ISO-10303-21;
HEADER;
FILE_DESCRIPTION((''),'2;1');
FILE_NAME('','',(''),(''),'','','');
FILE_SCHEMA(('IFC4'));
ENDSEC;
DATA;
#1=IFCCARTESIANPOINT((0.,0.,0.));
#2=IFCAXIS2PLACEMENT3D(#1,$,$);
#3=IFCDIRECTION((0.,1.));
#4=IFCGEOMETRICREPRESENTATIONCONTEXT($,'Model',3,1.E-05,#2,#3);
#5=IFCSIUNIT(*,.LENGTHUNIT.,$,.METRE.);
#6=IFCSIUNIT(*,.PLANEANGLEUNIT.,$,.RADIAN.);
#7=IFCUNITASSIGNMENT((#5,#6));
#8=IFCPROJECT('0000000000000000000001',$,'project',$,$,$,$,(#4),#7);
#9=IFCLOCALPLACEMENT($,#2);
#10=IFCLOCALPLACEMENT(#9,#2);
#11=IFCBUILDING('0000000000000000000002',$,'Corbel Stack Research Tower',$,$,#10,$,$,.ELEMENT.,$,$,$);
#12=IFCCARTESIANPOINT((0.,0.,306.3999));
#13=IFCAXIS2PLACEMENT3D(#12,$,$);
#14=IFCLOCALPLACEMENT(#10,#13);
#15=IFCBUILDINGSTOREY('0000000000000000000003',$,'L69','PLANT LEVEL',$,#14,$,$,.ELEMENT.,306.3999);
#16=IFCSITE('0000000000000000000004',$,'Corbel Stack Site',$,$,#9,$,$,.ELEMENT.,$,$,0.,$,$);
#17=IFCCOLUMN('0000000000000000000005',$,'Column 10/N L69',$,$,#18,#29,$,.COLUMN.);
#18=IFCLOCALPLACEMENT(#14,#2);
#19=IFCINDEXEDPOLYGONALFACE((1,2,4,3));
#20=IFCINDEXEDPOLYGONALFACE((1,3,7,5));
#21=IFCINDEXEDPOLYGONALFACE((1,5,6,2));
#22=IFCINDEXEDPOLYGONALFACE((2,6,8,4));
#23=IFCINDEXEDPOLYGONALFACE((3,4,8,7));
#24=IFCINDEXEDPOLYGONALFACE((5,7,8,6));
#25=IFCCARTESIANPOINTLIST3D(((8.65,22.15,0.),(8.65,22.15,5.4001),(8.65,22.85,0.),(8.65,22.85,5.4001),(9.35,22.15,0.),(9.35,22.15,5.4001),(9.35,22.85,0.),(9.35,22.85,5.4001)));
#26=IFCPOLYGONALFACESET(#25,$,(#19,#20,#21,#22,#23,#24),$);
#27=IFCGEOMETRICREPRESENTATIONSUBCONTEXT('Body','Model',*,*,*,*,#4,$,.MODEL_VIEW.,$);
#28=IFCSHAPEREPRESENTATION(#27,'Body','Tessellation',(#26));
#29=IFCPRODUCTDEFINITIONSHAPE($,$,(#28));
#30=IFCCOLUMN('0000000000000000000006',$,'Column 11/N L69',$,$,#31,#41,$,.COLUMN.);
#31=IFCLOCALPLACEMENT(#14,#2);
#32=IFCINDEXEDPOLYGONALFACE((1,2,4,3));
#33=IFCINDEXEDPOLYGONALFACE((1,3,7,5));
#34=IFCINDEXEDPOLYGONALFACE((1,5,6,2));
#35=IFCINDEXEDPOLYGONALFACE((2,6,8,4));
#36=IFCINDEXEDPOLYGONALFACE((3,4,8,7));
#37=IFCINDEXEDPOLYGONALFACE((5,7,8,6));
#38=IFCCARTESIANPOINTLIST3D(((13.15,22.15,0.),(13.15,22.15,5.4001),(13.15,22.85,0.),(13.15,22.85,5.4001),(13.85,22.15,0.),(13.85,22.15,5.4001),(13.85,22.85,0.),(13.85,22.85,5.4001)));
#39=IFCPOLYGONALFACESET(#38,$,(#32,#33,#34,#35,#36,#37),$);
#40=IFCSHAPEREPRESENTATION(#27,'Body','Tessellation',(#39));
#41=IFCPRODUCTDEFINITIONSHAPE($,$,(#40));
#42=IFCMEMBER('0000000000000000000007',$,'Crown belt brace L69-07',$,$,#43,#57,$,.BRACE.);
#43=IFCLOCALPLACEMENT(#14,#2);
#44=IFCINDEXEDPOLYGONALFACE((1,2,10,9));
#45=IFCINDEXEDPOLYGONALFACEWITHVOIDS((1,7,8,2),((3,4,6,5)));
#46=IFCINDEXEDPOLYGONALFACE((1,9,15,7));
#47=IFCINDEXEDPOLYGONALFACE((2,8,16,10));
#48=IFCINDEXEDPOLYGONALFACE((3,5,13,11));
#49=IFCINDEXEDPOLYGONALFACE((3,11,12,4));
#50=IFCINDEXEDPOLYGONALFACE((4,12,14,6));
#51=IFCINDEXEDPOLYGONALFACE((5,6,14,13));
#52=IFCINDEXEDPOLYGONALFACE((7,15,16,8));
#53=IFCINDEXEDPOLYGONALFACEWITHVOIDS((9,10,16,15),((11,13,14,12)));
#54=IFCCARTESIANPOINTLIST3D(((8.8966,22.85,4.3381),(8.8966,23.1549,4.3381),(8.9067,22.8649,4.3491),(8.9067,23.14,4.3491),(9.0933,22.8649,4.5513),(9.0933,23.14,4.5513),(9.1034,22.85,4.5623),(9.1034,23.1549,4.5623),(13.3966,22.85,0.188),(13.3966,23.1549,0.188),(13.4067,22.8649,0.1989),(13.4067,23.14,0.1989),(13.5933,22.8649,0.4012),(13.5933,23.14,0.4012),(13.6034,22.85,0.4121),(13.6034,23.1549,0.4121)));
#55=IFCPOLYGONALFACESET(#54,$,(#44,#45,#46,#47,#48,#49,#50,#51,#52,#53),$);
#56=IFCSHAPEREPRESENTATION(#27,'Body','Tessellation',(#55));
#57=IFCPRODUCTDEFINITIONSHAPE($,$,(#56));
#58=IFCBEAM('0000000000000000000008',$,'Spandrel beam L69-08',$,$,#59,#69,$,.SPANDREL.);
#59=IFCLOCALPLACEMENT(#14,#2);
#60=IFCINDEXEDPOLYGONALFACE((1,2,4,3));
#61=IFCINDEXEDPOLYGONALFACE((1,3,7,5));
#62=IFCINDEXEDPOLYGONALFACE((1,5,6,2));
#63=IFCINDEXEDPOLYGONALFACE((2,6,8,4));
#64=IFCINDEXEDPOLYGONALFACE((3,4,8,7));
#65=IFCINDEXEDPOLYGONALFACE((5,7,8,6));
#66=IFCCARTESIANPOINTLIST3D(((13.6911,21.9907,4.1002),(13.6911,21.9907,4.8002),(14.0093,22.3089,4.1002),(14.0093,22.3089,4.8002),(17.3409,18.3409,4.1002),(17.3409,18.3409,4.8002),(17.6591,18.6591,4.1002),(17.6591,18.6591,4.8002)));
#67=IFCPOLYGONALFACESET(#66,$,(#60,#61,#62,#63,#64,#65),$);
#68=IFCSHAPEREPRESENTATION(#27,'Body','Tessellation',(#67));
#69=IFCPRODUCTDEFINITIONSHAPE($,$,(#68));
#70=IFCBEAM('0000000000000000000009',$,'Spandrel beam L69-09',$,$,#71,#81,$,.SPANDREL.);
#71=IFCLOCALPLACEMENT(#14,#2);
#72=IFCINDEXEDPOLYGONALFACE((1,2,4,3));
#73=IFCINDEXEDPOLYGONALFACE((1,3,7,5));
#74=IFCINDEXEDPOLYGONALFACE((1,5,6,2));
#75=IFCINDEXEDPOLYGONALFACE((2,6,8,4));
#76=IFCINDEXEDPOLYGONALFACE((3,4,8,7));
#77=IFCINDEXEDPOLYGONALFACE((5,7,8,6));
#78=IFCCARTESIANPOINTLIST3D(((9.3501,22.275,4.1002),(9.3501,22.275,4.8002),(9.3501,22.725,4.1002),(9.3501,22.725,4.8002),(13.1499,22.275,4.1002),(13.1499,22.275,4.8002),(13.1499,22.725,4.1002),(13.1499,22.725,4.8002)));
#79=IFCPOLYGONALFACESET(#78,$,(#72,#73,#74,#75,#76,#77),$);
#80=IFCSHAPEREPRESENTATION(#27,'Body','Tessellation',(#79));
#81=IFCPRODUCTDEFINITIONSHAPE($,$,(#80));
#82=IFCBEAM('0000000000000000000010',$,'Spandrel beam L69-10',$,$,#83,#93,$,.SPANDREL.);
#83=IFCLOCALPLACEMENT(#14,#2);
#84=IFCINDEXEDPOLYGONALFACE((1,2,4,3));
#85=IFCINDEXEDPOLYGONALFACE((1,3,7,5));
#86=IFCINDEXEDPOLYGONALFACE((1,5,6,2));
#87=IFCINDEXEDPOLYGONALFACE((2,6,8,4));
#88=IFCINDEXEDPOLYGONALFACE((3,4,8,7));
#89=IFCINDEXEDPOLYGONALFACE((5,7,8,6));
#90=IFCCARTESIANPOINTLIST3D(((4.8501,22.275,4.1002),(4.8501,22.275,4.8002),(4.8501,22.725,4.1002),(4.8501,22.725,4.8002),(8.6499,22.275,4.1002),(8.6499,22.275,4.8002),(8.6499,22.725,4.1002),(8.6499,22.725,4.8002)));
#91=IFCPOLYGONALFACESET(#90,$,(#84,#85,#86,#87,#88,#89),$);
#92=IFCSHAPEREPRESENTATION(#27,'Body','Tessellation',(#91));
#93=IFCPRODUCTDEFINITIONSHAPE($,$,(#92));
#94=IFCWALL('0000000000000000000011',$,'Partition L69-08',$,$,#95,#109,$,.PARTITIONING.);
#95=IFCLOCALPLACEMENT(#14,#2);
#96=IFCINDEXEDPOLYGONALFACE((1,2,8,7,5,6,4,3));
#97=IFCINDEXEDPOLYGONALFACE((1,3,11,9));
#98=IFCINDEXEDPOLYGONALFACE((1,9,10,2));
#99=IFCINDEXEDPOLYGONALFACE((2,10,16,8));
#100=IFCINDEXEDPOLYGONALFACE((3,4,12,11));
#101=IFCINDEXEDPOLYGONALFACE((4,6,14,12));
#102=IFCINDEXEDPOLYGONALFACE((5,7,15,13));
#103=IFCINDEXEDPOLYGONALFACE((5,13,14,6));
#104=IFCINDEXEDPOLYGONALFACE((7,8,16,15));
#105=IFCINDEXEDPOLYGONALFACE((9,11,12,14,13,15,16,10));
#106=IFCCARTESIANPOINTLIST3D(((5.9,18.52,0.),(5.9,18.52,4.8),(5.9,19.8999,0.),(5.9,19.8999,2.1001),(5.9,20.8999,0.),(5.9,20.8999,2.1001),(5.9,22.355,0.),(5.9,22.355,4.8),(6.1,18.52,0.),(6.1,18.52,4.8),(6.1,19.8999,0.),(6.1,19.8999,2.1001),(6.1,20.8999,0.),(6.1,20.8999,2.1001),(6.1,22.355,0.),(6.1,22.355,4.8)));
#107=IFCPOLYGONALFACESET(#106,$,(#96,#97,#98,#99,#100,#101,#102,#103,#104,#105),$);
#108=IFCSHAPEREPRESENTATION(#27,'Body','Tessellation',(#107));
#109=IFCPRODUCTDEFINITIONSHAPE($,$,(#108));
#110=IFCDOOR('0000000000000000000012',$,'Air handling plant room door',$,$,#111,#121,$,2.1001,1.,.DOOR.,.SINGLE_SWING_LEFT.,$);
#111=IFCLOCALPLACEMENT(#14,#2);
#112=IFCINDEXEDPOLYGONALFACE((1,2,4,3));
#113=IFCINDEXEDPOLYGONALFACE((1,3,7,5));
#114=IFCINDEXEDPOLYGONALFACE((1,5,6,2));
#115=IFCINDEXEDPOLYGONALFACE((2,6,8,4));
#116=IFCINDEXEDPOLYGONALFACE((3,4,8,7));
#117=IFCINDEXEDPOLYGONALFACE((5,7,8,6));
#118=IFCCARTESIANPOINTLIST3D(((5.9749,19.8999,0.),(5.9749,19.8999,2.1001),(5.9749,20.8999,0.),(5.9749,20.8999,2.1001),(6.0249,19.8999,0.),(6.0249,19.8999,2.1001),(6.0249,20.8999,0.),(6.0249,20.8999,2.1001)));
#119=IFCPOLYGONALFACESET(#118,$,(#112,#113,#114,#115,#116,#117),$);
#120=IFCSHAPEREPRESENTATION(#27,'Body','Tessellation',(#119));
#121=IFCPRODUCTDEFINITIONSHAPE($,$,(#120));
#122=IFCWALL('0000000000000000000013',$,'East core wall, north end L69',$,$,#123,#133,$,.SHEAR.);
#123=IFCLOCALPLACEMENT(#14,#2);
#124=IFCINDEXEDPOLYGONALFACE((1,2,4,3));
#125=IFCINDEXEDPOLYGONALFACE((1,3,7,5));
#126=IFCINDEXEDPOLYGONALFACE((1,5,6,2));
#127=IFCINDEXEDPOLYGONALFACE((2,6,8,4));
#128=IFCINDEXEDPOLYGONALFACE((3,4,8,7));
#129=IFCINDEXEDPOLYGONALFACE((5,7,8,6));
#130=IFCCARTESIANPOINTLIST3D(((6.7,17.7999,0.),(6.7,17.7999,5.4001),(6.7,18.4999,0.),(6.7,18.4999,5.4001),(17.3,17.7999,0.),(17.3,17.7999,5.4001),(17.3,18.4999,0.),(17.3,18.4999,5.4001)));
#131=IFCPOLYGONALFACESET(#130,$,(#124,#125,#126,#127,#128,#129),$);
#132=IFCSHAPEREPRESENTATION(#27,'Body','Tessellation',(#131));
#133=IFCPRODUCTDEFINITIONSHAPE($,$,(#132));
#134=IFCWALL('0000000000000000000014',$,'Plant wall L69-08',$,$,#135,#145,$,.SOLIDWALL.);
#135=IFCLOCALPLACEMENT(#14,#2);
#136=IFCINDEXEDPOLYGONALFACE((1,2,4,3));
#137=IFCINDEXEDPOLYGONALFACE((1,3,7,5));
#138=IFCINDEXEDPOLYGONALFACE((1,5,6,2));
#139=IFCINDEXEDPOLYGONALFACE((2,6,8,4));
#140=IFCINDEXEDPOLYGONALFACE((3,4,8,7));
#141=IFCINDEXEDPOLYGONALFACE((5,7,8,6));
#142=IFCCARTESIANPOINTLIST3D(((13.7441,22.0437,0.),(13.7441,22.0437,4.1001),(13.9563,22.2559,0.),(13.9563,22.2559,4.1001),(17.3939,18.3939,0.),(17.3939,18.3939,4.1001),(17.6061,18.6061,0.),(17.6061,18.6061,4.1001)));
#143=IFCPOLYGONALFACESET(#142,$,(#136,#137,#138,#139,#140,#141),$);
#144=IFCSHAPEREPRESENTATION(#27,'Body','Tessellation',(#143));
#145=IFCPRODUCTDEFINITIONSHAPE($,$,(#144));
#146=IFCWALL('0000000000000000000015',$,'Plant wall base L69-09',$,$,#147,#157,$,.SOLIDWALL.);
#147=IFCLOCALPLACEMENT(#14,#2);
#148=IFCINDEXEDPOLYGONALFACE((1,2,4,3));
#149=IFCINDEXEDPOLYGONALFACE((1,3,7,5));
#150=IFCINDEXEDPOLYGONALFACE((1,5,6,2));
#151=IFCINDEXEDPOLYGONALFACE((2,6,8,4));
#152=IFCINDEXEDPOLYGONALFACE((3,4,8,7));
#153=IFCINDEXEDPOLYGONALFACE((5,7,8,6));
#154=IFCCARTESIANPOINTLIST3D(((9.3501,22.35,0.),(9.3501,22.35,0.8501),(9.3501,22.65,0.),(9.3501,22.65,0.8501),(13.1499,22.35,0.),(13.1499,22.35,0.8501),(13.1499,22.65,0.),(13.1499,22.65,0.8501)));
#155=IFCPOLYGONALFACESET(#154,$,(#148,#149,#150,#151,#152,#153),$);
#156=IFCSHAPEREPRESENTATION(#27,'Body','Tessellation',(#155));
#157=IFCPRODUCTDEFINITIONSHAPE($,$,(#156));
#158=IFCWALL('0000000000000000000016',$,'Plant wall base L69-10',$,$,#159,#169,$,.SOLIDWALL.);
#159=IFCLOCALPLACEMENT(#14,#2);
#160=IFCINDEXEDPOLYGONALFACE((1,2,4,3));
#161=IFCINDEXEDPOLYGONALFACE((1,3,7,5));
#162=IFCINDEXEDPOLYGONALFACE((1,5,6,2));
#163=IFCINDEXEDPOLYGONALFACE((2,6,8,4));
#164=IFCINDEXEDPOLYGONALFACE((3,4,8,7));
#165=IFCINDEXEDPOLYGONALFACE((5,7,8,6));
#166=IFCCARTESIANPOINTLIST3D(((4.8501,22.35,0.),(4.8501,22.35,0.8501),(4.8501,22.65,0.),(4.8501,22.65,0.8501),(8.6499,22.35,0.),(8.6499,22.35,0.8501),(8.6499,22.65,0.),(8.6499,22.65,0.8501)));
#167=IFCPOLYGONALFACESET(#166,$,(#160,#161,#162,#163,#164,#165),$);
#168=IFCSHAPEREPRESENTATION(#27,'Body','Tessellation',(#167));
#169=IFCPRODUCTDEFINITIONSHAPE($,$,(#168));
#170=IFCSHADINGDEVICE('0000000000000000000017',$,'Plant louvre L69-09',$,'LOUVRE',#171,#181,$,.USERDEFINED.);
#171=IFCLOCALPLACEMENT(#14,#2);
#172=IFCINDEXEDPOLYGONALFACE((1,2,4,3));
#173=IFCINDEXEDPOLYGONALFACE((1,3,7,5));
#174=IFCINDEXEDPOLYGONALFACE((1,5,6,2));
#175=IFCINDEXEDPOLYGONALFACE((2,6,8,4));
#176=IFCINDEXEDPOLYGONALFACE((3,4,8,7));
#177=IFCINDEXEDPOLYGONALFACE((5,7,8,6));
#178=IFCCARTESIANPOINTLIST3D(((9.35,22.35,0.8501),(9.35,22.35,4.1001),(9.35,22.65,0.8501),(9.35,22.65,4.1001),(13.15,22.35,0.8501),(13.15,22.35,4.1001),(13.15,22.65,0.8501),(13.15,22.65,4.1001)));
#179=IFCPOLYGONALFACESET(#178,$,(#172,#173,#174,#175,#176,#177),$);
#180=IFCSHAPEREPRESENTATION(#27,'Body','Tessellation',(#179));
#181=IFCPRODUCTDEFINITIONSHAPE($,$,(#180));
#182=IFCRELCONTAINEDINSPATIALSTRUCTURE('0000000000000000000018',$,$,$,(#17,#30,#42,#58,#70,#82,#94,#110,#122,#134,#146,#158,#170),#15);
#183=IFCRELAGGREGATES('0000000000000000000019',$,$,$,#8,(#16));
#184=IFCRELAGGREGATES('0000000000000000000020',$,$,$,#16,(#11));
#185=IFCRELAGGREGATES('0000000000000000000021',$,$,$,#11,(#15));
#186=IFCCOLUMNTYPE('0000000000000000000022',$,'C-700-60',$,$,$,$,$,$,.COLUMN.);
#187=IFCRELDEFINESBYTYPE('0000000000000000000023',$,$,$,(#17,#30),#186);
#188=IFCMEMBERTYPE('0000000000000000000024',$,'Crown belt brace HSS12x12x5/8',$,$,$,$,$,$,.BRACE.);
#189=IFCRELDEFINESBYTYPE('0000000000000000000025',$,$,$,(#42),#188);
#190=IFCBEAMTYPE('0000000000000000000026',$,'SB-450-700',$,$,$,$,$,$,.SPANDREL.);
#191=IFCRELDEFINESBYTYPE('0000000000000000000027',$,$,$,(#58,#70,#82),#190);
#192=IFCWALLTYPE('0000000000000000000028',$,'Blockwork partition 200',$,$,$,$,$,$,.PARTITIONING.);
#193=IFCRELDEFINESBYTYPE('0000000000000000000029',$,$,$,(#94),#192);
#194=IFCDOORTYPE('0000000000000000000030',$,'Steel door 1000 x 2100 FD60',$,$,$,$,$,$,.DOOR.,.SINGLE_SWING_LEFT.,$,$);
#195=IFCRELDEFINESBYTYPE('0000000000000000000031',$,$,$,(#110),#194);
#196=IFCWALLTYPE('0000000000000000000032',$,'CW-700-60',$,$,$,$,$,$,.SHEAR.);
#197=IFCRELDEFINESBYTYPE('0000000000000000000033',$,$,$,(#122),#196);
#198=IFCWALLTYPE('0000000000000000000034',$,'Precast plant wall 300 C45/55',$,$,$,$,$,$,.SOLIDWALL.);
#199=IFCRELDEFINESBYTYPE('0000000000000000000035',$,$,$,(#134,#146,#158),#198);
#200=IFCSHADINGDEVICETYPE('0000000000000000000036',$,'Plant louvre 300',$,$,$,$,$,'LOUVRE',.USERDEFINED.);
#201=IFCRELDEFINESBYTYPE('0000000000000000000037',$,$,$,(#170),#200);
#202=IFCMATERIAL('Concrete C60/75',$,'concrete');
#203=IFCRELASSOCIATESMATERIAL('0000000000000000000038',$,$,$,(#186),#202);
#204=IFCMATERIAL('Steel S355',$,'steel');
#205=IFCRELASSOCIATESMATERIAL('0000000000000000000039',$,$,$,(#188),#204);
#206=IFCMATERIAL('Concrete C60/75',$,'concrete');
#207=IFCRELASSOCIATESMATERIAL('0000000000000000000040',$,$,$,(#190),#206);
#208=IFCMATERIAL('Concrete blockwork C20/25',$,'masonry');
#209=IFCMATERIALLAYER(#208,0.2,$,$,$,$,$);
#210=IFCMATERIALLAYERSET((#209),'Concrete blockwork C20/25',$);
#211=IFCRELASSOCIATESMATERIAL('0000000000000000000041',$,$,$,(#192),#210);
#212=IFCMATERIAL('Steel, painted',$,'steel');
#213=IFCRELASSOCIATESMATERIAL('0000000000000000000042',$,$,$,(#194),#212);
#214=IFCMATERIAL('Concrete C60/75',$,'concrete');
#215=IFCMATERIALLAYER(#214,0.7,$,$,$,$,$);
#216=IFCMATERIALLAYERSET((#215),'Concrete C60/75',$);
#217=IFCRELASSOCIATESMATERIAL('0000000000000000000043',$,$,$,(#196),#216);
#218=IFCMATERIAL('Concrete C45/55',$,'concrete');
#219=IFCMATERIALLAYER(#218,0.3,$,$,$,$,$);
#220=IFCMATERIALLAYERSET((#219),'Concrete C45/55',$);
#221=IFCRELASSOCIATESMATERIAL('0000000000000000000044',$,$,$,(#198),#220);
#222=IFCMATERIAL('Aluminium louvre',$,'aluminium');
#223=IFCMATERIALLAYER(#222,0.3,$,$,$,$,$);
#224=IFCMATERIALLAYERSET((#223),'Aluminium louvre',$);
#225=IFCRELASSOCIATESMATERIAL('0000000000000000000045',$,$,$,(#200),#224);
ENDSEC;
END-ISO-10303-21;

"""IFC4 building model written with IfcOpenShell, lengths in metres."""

from ifc_helpers import new_model, si_unit, direction, frame, frame_2d, origin, origin_2d, place, context, subcontext, project, spatial, rectangle, hollow_rectangle, extrude, material, layer, layer_set, material_profile, profile_set, type_object, element, fill, save


model = new_model("IFC4")

# Units and contexts
model_context = context("Model", 3, precision=1e-05, world=origin(), true_north=direction((0.0, 1.0)))
body_context = subcontext(model_context, "Body", "Model", "MODEL_VIEW")
ifc_project = project(units=[si_unit("LENGTHUNIT", "METRE"), si_unit("PLANEANGLEUNIT", "RADIAN")], contexts=[model_context])

# Site, building, storey
site_placement = place(None, origin())
site = spatial("IfcSite", under=ifc_project, at=site_placement, Name="Corbel Stack Site", CompositionType="ELEMENT", RefElevation=0.0)
building_placement = place(site_placement, origin())
building = spatial("IfcBuilding", under=site, at=building_placement, Name="Corbel Stack Research Tower", CompositionType="ELEMENT")
storey_placement = place(building_placement, frame((0.0, 0.0, 306.3999)))
storey = spatial("IfcBuildingStorey", under=building, at=storey_placement, Name="L69", Description="PLANT LEVEL", CompositionType="ELEMENT", Elevation=306.3999)

# Columns
ifc_material_1 = material(Name="Concrete C60/75", Category="concrete")
ifc_material_profile_1 = material_profile(ifc_material_1, rectangle(XDim=0.7, YDim=0.7, at=origin_2d()), Name="RC 700 x 700")
ifc_profile_set_1 = profile_set([ifc_material_profile_1], Name="Concrete C60/75")
column_type = type_object("IfcColumnType", Name="C-700-60", PredefinedType="COLUMN", material=ifc_profile_set_1)
for number, where, z_axis, x_axis, name in (
    (1, (9.0, 22.5, 0.0), (0.0, 0.0, 1.0), (1.0, 0.0, 0.0), "Column 10/N L69"),
    (2, (13.5, 22.5, 0.0), (0.0, 0.0, 1.0), (1.0, 0.0, 0.0), "Column 11/N L69"),
):
    element("IfcColumn", number, at=place(storey_placement, frame(where, z_axis=z_axis, x_axis=x_axis)), inside=storey, type_object=column_type, Name=name, PredefinedType="COLUMN", context=body_context, shape_type="SweptSolid", body=[
        extrude(rectangle(XDim=0.7, YDim=0.7, at=origin_2d()), origin(), (0.0, 0.0, 1.0), 5.4001),
    ])

# Member
ifc_material_2 = material(Name="Steel S355", Category="steel")
ifc_material_profile_2 = material_profile(ifc_material_2, hollow_rectangle(XDim=0.3049, YDim=0.3049, WallThickness=0.0149, at=origin_2d()), Name="HSS12x12x5/8")
ifc_profile_set_2 = profile_set([ifc_material_profile_2], Name="Steel S355")
member_type = type_object("IfcMemberType", Name="Crown belt brace HSS12x12x5/8", PredefinedType="BRACE", material=ifc_profile_set_2)
member_placement = place(storey_placement, frame((13.5, 23.0024, 0.3), z_axis=(-0.735105, 0.0, 0.677954), x_axis=(0.0, -1.0, 0.0)))
element("IfcMember", 3, at=member_placement, inside=storey, type_object=member_type, Name="Crown belt brace L69-07", PredefinedType="BRACE", context=body_context, shape_type="SweptSolid", body=[
    extrude(hollow_rectangle(XDim=0.3049, YDim=0.3049, WallThickness=0.0149, at=origin_2d()), origin(), (0.0, 0.0, 1.0), 6.1216),
])

# Beams
ifc_material_3 = material(Name="Concrete C60/75", Category="concrete")
ifc_material_profile_3 = material_profile(ifc_material_3, rectangle(XDim=0.45, YDim=0.7, at=origin_2d()), Name="RC 450 x 700")
ifc_profile_set_3 = profile_set([ifc_material_profile_3], Name="Concrete C60/75")
beam_type = type_object("IfcBeamType", Name="SB-450-700", PredefinedType="SPANDREL", material=ifc_profile_set_3)
beam_placement = place(storey_placement, frame((17.5, 18.5, 4.4502), z_axis=(-0.707107, 0.707107, 0.0), x_axis=(-0.707107, -0.707107, 0.0)))
element("IfcBeam", 4, at=beam_placement, inside=storey, type_object=beam_type, Name="Spandrel beam L69-08", PredefinedType="SPANDREL", context=body_context, shape_type="SweptSolid", body=[
    extrude(rectangle(XDim=0.45, YDim=0.7, at=origin_2d()), origin(), (0.0, 0.0, 1.0), 5.1616),
])
for number, where, z_axis, x_axis, name in (
    (5, (13.1499, 22.5, 4.4502), (-1.0, 0.0, 0.0), (0.0, -1.0, 0.0), "Spandrel beam L69-09"),
    (6, (8.6499, 22.5, 4.4502), (-1.0, 0.0, 0.0), (0.0, -1.0, 0.0), "Spandrel beam L69-10"),
):
    element("IfcBeam", number, at=place(storey_placement, frame(where, z_axis=z_axis, x_axis=x_axis)), inside=storey, type_object=beam_type, Name=name, PredefinedType="SPANDREL", context=body_context, shape_type="SweptSolid", body=[
        extrude(rectangle(XDim=0.45, YDim=0.7, at=origin_2d()), origin(), (0.0, 0.0, 1.0), 3.7998),
    ])

# Wall, opening, door
ifc_material_4 = material(Name="Concrete blockwork C20/25", Category="masonry")
ifc_layer_1 = layer(ifc_material_4, 0.2)
ifc_layer_set_1 = layer_set([ifc_layer_1], Name="Concrete blockwork C20/25")
wall_type_1 = type_object("IfcWallType", Name="Blockwork partition 200", PredefinedType="PARTITIONING", material=ifc_layer_set_1)
wall_1_placement = place(storey_placement, frame((6.0, 22.355, 0.0), z_axis=(0.0, 0.0, 1.0), x_axis=(0.0, -1.0, 0.0)))
wall_1 = element("IfcWall", 7, at=wall_1_placement, inside=storey, type_object=wall_type_1, Name="Partition L69-08", PredefinedType="PARTITIONING", context=body_context, shape_type="SweptSolid", body=[
    extrude(rectangle(XDim=3.835, YDim=0.2, at=frame_2d((1.9175, 0.0))), origin(), (0.0, 0.0, 1.0), 4.8),
])
opening_placement = place(wall_1_placement, frame((1.4551, 0.0, 0.0)))
opening = element("IfcOpeningElement", 8, at=opening_placement, cuts=wall_1, PredefinedType="OPENING", context=body_context, shape_type="SweptSolid", body=[
    extrude(rectangle(XDim=1.0, YDim=2.1001, at=frame_2d((0.5, 1.05))), frame((0.0, 0.1099, 0.0), z_axis=(0.0, -1.0, 0.0), x_axis=(1.0, 0.0, 0.0)), (0.0, 0.0, 1.0), 0.22),
])
ifc_material_5 = material(Name="Steel, painted", Category="steel")
door_type = type_object("IfcDoorType", Name="Steel door 1000 x 2100 FD60", OperationType="SINGLE_SWING_LEFT", PredefinedType="DOOR", material=ifc_material_5)
door_placement = place(opening_placement, origin())
door = element("IfcDoor", 9, at=door_placement, inside=storey, type_object=door_type, Name="Air handling plant room door", OperationType="SINGLE_SWING_LEFT", OverallHeight=2.1001, OverallWidth=1.0, PredefinedType="DOOR", context=body_context, shape_type="SweptSolid", body=[
    extrude(rectangle(XDim=1.0, YDim=2.1001, at=frame_2d((0.5, 1.05))), frame((0.0, 0.0249, 0.0), z_axis=(0.0, -1.0, 0.0), x_axis=(1.0, 0.0, 0.0)), (0.0, 0.0, 1.0), 0.05),
])
fill(opening, door)

# Walls
ifc_material_6 = material(Name="Concrete C60/75", Category="concrete")
ifc_layer_2 = layer(ifc_material_6, 0.7)
ifc_layer_set_2 = layer_set([ifc_layer_2], Name="Concrete C60/75")
wall_type_2 = type_object("IfcWallType", Name="CW-700-60", PredefinedType="SHEAR", material=ifc_layer_set_2)
wall_2_placement = place(storey_placement, frame((6.7, 18.1499, 0.0), z_axis=(0.0, 0.0, 1.0), x_axis=(1.0, 0.0, 0.0)))
element("IfcWall", 10, at=wall_2_placement, inside=storey, type_object=wall_type_2, Name="East core wall, north end L69", PredefinedType="SHEAR", context=body_context, shape_type="SweptSolid", body=[
    extrude(rectangle(XDim=10.6001, YDim=0.7, at=frame_2d((5.3, 0.0))), origin(), (0.0, 0.0, 1.0), 5.4001),
])
ifc_material_7 = material(Name="Concrete C45/55", Category="concrete")
ifc_layer_3 = layer(ifc_material_7, 0.3)
ifc_layer_set_3 = layer_set([ifc_layer_3], Name="Concrete C45/55")
wall_type_3 = type_object("IfcWallType", Name="Precast plant wall 300 C45/55", PredefinedType="SOLIDWALL", material=ifc_layer_set_3)
wall_3_placement = place(storey_placement, frame((17.5, 18.5, 0.0), z_axis=(0.0, 0.0, 1.0), x_axis=(-0.707107, 0.707107, 0.0)))
element("IfcWall", 11, at=wall_3_placement, inside=storey, type_object=wall_type_3, Name="Plant wall L69-08", PredefinedType="SOLIDWALL", context=body_context, shape_type="SweptSolid", body=[
    extrude(rectangle(XDim=5.1616, YDim=0.3, at=frame_2d((2.5808, 0.0))), origin(), (0.0, 0.0, 1.0), 4.1001),
])
for number, where, z_axis, x_axis, name in (
    (12, (13.1499, 22.5, 0.0), (0.0, 0.0, 1.0), (-1.0, 0.0, 0.0), "Plant wall base L69-09"),
    (13, (8.6499, 22.5, 0.0), (0.0, 0.0, 1.0), (-1.0, 0.0, 0.0), "Plant wall base L69-10"),
):
    element("IfcWall", number, at=place(storey_placement, frame(where, z_axis=z_axis, x_axis=x_axis)), inside=storey, type_object=wall_type_3, Name=name, PredefinedType="SOLIDWALL", context=body_context, shape_type="SweptSolid", body=[
        extrude(rectangle(XDim=3.7998, YDim=0.3, at=frame_2d((1.8999, 0.0))), origin(), (0.0, 0.0, 1.0), 0.8501),
    ])

# Shading device
ifc_material_8 = material(Name="Aluminium louvre", Category="aluminium")
ifc_layer_4 = layer(ifc_material_8, 0.3)
ifc_layer_set_4 = layer_set([ifc_layer_4], Name="Aluminium louvre")
shading_device_type = type_object("IfcShadingDeviceType", Name="Plant louvre 300", ElementType="LOUVRE", PredefinedType="USERDEFINED", material=ifc_layer_set_4)
for number, where, z_axis, x_axis, name in (
    (14, (11.25, 22.5, 0.8501), (0.0, 0.0, 1.0), (-1.0, 0.0, 0.0), "Plant louvre L69-09"),
):
    element("IfcShadingDevice", number, at=place(storey_placement, frame(where, z_axis=z_axis, x_axis=x_axis)), inside=storey, type_object=shading_device_type, Name=name, ObjectType="LOUVRE", PredefinedType="USERDEFINED", context=body_context, shape_type="SweptSolid", body=[
        extrude(rectangle(XDim=3.8, YDim=0.3, at=origin_2d()), origin(), (0.0, 0.0, 1.0), 3.25),
    ])

save(model, "model.ifc")
